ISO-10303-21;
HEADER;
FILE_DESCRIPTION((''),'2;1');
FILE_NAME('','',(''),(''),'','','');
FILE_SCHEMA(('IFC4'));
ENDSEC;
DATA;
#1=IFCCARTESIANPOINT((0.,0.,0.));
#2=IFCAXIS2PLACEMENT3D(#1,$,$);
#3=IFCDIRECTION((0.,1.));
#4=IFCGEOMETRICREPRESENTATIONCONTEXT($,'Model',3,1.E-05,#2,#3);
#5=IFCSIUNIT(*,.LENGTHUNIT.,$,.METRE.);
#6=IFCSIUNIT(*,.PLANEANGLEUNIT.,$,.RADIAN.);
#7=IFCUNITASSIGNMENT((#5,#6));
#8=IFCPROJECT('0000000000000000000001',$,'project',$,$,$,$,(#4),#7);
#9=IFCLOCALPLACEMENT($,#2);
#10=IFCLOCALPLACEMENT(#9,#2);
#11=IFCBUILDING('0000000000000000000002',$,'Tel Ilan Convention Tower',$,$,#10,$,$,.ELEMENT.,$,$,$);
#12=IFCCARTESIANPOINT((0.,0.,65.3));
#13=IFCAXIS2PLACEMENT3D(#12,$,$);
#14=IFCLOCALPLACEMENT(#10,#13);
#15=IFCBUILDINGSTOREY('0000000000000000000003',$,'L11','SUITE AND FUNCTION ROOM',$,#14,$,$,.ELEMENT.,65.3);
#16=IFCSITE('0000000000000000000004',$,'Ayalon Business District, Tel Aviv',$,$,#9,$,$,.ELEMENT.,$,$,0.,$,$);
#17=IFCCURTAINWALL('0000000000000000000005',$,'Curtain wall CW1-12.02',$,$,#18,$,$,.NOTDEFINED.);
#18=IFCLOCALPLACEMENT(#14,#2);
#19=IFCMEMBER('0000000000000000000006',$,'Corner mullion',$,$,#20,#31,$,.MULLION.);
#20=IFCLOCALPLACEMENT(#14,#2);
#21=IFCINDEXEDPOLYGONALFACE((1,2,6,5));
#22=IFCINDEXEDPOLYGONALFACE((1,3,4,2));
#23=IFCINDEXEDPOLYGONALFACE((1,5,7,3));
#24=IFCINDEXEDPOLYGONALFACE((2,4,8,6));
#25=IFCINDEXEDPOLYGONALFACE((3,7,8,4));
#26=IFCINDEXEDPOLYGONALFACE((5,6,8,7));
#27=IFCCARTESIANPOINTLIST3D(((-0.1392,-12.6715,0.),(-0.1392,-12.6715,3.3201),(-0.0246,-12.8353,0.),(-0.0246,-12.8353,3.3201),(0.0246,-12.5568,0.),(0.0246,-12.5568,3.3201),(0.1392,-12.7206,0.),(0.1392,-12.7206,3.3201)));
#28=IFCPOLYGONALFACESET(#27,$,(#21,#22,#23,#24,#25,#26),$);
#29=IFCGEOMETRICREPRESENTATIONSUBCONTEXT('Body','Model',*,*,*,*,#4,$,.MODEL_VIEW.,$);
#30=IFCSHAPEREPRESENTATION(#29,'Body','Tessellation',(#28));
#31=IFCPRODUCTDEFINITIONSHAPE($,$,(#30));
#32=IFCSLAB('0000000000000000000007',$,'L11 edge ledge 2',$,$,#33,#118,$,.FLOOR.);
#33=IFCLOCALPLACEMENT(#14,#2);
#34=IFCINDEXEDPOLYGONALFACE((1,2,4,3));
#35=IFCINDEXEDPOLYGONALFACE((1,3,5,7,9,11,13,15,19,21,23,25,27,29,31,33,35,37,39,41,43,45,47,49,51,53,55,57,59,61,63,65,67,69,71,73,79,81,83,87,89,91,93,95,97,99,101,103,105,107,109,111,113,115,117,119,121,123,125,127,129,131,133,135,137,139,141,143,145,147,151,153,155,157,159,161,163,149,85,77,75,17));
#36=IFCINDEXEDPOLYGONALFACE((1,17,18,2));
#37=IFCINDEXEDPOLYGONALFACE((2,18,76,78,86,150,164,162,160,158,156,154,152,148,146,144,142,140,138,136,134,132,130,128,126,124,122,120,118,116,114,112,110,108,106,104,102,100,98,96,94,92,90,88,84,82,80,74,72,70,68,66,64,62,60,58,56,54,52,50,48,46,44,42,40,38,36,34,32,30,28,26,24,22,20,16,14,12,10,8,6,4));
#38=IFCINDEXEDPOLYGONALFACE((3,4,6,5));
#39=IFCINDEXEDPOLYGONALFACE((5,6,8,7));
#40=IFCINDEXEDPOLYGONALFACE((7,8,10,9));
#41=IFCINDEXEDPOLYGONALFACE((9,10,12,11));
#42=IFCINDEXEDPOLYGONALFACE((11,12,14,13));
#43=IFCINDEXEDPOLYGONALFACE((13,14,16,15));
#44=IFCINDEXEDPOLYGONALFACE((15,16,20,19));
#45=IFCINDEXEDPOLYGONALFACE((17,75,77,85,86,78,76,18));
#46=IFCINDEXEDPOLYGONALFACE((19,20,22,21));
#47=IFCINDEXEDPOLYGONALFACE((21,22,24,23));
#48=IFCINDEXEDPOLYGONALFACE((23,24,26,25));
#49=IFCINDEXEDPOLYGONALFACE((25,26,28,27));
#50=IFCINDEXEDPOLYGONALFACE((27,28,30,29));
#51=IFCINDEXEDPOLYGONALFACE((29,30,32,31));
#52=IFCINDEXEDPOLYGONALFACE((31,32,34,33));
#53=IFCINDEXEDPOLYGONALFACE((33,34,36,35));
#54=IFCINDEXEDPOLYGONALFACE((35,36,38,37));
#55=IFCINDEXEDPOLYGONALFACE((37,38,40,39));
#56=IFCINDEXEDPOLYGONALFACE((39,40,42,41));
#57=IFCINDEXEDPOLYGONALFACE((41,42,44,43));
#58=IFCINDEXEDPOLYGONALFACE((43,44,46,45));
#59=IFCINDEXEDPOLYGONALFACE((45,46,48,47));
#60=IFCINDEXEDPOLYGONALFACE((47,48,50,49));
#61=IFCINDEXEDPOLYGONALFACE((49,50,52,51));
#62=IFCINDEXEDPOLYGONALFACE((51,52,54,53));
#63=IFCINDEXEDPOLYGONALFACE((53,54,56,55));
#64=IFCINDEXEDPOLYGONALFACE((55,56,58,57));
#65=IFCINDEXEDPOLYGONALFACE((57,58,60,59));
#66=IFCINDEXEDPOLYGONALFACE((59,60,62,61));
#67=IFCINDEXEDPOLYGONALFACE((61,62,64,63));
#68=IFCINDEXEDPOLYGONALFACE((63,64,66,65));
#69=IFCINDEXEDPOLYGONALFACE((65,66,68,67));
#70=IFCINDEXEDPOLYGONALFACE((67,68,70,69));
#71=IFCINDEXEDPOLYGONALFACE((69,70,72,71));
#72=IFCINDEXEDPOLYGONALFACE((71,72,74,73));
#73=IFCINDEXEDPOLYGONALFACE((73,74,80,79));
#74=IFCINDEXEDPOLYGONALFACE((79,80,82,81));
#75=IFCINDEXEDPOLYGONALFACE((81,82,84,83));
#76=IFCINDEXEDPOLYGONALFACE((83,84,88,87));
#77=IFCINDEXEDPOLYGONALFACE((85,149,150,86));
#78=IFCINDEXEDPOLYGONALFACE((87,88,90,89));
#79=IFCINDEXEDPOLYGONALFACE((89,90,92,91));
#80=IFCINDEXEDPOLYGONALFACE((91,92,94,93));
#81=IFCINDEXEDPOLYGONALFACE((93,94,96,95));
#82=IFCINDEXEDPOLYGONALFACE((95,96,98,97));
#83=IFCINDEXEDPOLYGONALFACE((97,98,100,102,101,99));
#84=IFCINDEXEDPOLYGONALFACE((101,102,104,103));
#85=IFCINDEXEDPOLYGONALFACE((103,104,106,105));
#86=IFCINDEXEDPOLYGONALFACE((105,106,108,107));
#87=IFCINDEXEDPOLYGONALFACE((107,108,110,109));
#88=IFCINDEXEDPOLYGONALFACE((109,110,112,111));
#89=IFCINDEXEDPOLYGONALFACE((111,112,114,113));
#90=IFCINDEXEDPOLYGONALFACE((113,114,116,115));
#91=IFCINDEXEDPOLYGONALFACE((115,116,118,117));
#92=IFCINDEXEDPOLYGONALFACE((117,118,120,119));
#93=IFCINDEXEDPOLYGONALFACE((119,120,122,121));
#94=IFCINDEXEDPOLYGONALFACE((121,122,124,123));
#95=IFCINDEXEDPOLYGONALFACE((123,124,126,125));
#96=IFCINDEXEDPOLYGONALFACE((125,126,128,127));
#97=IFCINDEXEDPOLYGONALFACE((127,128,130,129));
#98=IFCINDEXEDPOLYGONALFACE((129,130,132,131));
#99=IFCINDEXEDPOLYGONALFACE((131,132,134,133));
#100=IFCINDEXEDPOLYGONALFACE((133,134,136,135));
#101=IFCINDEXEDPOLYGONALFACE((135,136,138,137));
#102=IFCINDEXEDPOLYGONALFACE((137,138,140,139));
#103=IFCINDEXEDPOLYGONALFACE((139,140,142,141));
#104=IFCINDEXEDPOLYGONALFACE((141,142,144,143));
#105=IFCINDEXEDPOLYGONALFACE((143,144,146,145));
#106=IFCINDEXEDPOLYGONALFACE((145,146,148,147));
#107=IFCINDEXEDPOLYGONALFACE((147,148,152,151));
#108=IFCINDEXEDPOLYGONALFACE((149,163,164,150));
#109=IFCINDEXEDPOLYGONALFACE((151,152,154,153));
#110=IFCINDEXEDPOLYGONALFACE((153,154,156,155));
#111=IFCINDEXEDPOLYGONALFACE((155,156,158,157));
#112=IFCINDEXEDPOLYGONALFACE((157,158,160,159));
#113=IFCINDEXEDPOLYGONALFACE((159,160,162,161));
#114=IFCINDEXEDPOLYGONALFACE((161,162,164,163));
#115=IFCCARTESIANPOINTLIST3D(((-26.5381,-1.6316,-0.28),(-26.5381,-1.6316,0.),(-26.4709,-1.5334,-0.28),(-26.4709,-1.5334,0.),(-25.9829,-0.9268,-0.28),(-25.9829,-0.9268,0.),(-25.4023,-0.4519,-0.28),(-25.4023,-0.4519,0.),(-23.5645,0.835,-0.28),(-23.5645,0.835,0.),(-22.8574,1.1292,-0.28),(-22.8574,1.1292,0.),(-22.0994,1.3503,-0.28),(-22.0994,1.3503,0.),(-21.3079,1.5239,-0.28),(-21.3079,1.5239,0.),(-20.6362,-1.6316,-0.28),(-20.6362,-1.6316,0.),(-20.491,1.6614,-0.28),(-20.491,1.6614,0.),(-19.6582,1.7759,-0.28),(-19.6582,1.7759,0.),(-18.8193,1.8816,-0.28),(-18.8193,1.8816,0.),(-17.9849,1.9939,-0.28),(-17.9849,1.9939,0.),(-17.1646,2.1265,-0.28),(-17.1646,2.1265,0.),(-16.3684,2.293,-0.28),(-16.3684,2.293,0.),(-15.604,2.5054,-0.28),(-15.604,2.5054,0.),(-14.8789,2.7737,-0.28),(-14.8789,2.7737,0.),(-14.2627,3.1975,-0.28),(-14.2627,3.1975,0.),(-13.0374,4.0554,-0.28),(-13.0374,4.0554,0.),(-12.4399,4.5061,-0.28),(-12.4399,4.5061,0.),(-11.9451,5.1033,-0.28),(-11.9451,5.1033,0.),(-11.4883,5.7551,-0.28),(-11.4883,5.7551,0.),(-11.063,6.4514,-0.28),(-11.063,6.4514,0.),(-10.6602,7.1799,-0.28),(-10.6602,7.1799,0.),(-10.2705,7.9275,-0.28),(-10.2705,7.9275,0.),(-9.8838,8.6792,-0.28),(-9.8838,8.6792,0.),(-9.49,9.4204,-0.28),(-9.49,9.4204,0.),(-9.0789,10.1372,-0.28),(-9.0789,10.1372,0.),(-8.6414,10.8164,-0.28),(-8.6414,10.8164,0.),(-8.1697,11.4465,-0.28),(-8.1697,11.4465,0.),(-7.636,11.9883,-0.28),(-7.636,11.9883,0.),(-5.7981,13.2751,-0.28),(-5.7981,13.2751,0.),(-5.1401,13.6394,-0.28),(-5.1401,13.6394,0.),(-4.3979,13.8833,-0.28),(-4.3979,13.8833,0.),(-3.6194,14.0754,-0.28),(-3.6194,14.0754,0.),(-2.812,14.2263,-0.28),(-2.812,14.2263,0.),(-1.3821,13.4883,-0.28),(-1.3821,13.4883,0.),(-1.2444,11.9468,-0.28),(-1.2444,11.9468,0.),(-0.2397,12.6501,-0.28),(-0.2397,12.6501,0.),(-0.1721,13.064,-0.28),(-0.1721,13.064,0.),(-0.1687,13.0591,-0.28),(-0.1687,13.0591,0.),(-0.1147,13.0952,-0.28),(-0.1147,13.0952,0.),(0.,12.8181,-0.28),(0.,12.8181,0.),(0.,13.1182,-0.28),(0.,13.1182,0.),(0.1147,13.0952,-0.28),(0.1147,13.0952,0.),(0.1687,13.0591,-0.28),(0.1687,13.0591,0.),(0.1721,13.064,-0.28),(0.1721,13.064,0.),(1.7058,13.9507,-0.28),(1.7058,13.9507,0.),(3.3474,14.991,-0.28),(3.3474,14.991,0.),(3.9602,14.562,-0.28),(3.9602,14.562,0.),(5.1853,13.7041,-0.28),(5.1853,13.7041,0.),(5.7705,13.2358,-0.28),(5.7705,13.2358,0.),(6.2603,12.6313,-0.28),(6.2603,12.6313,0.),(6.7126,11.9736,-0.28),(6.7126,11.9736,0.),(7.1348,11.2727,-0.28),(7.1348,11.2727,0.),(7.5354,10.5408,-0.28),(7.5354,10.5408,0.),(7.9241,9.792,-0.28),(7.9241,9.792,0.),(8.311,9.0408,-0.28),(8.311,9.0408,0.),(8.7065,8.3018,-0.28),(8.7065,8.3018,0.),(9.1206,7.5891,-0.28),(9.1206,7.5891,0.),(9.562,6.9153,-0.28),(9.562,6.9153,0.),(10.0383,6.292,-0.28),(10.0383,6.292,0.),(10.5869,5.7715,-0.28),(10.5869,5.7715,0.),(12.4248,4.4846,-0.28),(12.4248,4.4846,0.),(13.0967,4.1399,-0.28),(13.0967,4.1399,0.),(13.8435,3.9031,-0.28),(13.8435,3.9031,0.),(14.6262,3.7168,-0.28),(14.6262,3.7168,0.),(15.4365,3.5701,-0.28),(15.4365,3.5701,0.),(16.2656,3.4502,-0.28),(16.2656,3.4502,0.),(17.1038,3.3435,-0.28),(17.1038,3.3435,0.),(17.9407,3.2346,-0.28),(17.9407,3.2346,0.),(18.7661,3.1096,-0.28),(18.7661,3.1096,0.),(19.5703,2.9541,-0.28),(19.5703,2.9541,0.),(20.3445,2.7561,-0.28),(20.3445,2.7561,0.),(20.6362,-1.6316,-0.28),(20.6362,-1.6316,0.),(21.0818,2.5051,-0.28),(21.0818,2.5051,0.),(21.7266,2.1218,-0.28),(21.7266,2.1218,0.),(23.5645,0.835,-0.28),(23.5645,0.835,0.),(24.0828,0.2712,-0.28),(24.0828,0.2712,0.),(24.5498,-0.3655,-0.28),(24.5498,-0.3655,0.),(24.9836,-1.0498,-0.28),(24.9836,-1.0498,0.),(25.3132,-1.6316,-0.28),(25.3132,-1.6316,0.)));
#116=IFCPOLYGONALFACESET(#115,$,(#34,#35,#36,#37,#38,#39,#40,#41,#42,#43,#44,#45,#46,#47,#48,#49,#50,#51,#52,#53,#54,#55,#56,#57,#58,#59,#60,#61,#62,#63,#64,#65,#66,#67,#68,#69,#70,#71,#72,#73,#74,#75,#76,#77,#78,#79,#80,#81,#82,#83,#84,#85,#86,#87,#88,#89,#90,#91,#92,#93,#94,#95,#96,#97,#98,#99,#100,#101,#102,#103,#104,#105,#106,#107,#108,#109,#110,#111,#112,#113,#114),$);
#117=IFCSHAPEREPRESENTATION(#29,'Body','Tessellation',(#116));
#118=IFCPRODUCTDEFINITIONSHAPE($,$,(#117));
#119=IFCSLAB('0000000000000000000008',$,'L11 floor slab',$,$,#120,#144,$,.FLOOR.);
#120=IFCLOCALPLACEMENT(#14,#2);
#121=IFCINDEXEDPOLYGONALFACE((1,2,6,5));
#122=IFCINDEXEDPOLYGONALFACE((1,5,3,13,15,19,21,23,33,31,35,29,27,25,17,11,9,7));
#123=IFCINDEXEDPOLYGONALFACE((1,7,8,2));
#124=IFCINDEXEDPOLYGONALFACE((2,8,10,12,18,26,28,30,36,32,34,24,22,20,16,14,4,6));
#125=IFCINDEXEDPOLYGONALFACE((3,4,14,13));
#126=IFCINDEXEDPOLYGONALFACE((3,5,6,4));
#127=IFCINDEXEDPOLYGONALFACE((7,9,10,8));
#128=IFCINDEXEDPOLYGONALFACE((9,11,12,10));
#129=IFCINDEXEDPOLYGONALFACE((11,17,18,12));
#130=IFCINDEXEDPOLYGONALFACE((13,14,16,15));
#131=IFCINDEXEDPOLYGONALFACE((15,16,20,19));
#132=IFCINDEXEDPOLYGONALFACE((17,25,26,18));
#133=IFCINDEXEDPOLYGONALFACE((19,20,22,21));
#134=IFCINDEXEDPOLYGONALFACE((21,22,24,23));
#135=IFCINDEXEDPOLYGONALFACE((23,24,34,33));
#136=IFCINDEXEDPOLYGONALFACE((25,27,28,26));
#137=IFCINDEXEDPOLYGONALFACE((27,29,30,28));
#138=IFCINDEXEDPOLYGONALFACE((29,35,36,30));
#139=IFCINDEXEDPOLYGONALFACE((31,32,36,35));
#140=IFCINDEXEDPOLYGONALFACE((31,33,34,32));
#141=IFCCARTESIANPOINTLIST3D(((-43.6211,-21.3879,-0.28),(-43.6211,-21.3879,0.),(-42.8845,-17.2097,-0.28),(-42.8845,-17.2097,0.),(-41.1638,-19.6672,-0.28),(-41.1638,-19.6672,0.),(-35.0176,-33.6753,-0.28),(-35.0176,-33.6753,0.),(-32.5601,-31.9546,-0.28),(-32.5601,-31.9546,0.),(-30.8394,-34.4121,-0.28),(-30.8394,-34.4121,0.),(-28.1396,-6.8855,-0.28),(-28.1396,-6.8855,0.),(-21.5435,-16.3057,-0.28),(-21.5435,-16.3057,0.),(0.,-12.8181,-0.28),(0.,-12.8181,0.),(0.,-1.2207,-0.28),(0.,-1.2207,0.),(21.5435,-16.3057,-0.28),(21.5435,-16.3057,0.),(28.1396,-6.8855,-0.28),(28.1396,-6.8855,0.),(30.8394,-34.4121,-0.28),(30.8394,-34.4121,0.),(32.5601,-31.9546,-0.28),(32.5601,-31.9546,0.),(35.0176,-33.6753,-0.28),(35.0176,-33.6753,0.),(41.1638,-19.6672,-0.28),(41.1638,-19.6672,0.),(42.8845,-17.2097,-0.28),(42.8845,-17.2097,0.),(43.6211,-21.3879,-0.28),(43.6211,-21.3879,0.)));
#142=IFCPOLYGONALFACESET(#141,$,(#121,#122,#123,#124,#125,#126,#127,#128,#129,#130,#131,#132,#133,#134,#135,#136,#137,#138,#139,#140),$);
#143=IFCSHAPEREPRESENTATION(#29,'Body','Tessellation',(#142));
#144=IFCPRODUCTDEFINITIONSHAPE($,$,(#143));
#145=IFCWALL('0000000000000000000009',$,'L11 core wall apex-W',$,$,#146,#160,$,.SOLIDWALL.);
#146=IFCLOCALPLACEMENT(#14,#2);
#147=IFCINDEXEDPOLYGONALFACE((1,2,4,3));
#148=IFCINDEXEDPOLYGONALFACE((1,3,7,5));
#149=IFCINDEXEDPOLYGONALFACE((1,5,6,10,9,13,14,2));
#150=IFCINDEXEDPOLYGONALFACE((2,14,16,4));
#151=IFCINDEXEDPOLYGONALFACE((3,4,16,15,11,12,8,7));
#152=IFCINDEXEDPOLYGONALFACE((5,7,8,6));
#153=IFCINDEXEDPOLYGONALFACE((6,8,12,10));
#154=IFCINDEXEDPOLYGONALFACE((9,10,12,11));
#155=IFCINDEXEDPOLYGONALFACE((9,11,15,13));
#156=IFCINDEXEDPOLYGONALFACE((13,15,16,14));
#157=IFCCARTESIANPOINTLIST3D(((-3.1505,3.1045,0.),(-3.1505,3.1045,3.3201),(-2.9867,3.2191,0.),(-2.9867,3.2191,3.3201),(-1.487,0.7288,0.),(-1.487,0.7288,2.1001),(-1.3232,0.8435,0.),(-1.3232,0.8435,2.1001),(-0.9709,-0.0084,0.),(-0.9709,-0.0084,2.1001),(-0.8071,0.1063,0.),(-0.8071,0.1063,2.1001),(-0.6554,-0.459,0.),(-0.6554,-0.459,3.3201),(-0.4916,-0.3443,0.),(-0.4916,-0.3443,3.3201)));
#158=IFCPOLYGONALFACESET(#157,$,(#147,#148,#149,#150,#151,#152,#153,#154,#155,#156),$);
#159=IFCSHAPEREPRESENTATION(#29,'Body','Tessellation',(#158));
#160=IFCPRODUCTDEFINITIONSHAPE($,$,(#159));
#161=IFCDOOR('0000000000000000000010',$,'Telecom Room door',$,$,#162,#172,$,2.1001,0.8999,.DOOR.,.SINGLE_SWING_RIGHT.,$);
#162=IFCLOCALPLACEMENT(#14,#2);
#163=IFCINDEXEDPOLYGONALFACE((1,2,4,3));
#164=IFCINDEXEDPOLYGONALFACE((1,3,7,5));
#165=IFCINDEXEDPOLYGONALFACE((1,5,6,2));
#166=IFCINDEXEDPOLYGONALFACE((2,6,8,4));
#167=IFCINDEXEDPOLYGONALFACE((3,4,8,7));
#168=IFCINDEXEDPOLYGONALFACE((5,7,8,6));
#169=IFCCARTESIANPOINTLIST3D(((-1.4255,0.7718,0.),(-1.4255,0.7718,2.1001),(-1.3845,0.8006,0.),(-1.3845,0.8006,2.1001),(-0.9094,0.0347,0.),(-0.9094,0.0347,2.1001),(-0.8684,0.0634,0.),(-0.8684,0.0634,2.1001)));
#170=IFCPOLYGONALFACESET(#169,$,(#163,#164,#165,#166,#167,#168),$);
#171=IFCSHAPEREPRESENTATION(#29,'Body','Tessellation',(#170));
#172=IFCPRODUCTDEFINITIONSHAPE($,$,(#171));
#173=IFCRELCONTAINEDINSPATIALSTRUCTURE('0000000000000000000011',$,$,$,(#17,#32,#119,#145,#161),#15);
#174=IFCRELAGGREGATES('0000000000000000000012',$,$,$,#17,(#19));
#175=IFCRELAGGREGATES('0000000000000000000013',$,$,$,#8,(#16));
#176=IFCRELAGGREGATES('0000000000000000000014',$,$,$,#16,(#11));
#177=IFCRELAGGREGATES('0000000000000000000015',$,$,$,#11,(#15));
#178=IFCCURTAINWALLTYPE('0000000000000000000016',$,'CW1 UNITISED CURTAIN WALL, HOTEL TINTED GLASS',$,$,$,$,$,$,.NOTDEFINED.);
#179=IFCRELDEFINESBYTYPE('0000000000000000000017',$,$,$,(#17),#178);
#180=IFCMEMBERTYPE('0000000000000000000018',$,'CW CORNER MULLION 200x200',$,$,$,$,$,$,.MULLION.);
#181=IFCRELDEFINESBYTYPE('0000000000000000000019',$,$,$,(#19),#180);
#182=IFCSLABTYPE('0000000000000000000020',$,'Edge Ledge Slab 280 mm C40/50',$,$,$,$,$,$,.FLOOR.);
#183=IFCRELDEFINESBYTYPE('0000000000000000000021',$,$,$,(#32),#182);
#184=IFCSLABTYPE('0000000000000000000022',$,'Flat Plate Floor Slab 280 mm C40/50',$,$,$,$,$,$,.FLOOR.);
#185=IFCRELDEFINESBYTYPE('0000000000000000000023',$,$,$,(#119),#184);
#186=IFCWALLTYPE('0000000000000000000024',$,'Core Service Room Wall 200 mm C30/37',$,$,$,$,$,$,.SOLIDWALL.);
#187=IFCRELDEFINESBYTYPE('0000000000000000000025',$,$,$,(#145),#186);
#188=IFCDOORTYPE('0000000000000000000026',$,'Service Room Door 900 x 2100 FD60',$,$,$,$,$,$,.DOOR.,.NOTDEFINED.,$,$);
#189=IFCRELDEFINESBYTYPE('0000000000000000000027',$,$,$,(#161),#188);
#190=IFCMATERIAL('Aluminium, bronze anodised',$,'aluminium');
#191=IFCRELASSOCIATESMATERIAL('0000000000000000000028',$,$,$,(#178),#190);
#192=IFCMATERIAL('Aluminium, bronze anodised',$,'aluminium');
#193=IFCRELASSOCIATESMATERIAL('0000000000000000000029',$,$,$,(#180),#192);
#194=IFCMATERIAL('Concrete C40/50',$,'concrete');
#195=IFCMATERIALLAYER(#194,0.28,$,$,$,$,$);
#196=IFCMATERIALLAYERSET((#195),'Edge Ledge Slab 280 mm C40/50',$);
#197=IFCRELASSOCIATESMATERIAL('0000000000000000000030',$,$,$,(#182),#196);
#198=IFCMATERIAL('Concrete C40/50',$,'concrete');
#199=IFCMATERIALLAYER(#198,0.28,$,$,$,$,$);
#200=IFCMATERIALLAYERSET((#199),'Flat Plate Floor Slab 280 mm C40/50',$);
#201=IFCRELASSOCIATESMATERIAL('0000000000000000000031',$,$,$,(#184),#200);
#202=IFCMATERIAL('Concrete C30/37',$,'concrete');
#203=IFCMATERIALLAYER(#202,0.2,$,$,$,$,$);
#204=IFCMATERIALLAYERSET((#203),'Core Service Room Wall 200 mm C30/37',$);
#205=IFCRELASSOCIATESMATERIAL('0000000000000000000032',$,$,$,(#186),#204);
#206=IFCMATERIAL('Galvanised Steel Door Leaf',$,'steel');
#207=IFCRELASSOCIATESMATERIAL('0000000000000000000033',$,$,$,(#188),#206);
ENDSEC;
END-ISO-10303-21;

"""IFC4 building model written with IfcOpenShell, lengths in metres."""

from ifc_helpers import new_model, si_unit, direction, frame, frame_2d, origin, origin_2d, place, context, subcontext, project, spatial, polyline, rectangle, outline, extrude, material, layer, layer_set, material_profile, profile_set, type_object, element, fill, aggregate, save


model = new_model("IFC4")

# Units and contexts
model_context = context("Model", 3, precision=1e-05, world=origin(), true_north=direction((0.0, 1.0)))
body_context = subcontext(model_context, "Body", "Model", "MODEL_VIEW")
ifc_project = project(units=[si_unit("LENGTHUNIT", "METRE"), si_unit("PLANEANGLEUNIT", "RADIAN")], contexts=[model_context])

# Site, building, storey
site_placement = place(None, origin())
site = spatial("IfcSite", under=ifc_project, at=site_placement, Name="Ayalon Business District, Tel Aviv", CompositionType="ELEMENT", RefElevation=0.0)
building_placement = place(site_placement, origin())
building = spatial("IfcBuilding", under=site, at=building_placement, Name="Tel Ilan Convention Tower", CompositionType="ELEMENT")
storey_placement = place(building_placement, frame((0.0, 0.0, 65.3)))
storey = spatial("IfcBuildingStorey", under=building, at=storey_placement, Name="L11", Description="SUITE AND FUNCTION ROOM", CompositionType="ELEMENT", Elevation=65.3)

# Curtain wall, member
ifc_material_1 = material(Name="Aluminium, bronze anodised", Category="aluminium")
curtain_wall_type = type_object("IfcCurtainWallType", Name="CW1 UNITISED CURTAIN WALL, HOTEL TINTED GLASS", PredefinedType="NOTDEFINED", material=ifc_material_1)
curtain_wall_placement = place(storey_placement, origin())
curtain_wall = element("IfcCurtainWall", 1, at=curtain_wall_placement, inside=storey, type_object=curtain_wall_type, Name="Curtain wall CW1-12.02", PredefinedType="NOTDEFINED")
ifc_material_2 = material(Name="Aluminium, bronze anodised", Category="aluminium")
ifc_material_profile = material_profile(ifc_material_2, rectangle(XDim=0.2, YDim=0.2, at=origin_2d()), Name="CW CORNER MULLION 200x200")
ifc_profile_set = profile_set([ifc_material_profile], Name="Aluminium, bronze anodised")
member_type = type_object("IfcMemberType", Name="CW CORNER MULLION 200x200", PredefinedType="MULLION", material=ifc_profile_set)
member_placement = place(storey_placement, frame((0.0, -12.696, 0.0), z_axis=(0.0, 0.0, 1.0), x_axis=(0.819152, 0.573576, 0.0)))
member = element("IfcMember", 2, at=member_placement, type_object=member_type, Name="Corner mullion", PredefinedType="MULLION", context=body_context, shape_type="SweptSolid", body=[
    extrude(rectangle(XDim=0.2, YDim=0.2, at=origin_2d()), origin(), (0.0, 0.0, 1.0), 3.3201),
])
aggregate(curtain_wall, [member])

# Slabs
ifc_material_3 = material(Name="Concrete C40/50", Category="concrete")
ifc_layer_1 = layer(ifc_material_3, 0.28)
ifc_layer_set_1 = layer_set([ifc_layer_1], Name="Edge Ledge Slab 280 mm C40/50")
slab_type_1 = type_object("IfcSlabType", Name="Edge Ledge Slab 280 mm C40/50", PredefinedType="FLOOR", material=ifc_layer_set_1)
slab_1_placement = place(storey_placement, frame((0.0, 0.0, -0.28)))
element("IfcSlab", 3, at=slab_1_placement, inside=storey, type_object=slab_type_1, Name="L11 edge ledge 2", PredefinedType="FLOOR", context=body_context, shape_type="SweptSolid", body=[
    extrude(outline(polyline([(-23.5645, 0.835), (-22.8574, 1.1292), (-22.0994, 1.3503), (-21.3079, 1.5239), (-20.491, 1.6614), (-19.6582, 1.7759), (-18.8193, 1.8816), (-17.9849, 1.9939), (-17.1646, 2.1265), (-16.3684, 2.293), (-15.604, 2.5054), (-14.8789, 2.7737), (-14.2627, 3.1975), (-13.0374, 4.0554), (-12.4399, 4.5061), (-11.9451, 5.1033), (-11.4883, 5.7551), (-11.063, 6.4514), (-10.6602, 7.1799), (-10.2705, 7.9275), (-9.8838, 8.6792), (-9.49, 9.4204), (-9.0789, 10.1372), (-8.6414, 10.8164), (-8.1697, 11.4465), (-7.636, 11.9883), (-5.7981, 13.2751), (-5.1401, 13.6394), (-4.3979, 13.8833), (-3.6194, 14.0754), (-2.812, 14.2263), (-1.3821, 13.4883), (-0.1721, 13.064), (-0.1687, 13.0591), (-0.1147, 13.0952), (0.0, 13.1182), (0.1147, 13.0952), (0.1687, 13.0591), (0.1721, 13.064), (1.7058, 13.9507), (3.3474, 14.991), (3.9602, 14.562), (5.1853, 13.7041), (5.7705, 13.2358), (6.2603, 12.6313), (6.7126, 11.9736), (7.1348, 11.2727), (7.5354, 10.5408), (7.9241, 9.792), (8.311, 9.0408), (8.7065, 8.3018), (9.1206, 7.5891), (9.562, 6.9153), (10.0383, 6.292), (10.5869, 5.7715), (12.4248, 4.4846), (13.0967, 4.1399), (13.8435, 3.9031), (14.6262, 3.7168), (15.4365, 3.5701), (16.2656, 3.4502), (17.1038, 3.3435), (17.9407, 3.2346), (18.7661, 3.1096), (19.5703, 2.9541), (20.3445, 2.7561), (21.0818, 2.5051), (21.7266, 2.1218), (23.5645, 0.835), (24.0828, 0.2712), (24.5498, -0.3655), (24.9836, -1.0498), (25.3132, -1.6316), (20.6362, -1.6316), (0.0, 12.8181), (-0.2397, 12.6501), (-1.2444, 11.9468), (-20.6362, -1.6316), (-26.5381, -1.6316), (-26.4709, -1.5334), (-25.9829, -0.9268), (-25.4023, -0.4519), (-23.5645, 0.835)])), origin(), (0.0, 0.0, 1.0), 0.28),
])
ifc_material_4 = material(Name="Concrete C40/50", Category="concrete")
ifc_layer_2 = layer(ifc_material_4, 0.28)
ifc_layer_set_2 = layer_set([ifc_layer_2], Name="Flat Plate Floor Slab 280 mm C40/50")
slab_type_2 = type_object("IfcSlabType", Name="Flat Plate Floor Slab 280 mm C40/50", PredefinedType="FLOOR", material=ifc_layer_set_2)
slab_2_placement = place(storey_placement, frame((0.0, 0.0, -0.28)))
element("IfcSlab", 4, at=slab_2_placement, inside=storey, type_object=slab_type_2, Name="L11 floor slab", PredefinedType="FLOOR", context=body_context, shape_type="SweptSolid", body=[
    extrude(outline(polyline([(-21.5435, -16.3057), (0.0, -1.2207), (21.5435, -16.3057), (28.1396, -6.8855), (42.8845, -17.2097), (41.1638, -19.6672), (43.6211, -21.3879), (35.0176, -33.6753), (32.5601, -31.9546), (30.8394, -34.4121), (0.0, -12.8181), (-30.8394, -34.4121), (-32.5601, -31.9546), (-35.0176, -33.6753), (-43.6211, -21.3879), (-41.1638, -19.6672), (-42.8845, -17.2097), (-28.1396, -6.8855), (-21.5435, -16.3057)])), origin(), (0.0, 0.0, 1.0), 0.28),
])

# Wall, opening, door
ifc_material_5 = material(Name="Concrete C30/37", Category="concrete")
ifc_layer_3 = layer(ifc_material_5, 0.2)
ifc_layer_set_3 = layer_set([ifc_layer_3], Name="Core Service Room Wall 200 mm C30/37")
wall_type_1 = type_object("IfcWallType", Name="Core Service Room Wall 200 mm C30/37", PredefinedType="SOLIDWALL", material=ifc_layer_set_3)
wall_1_placement = place(storey_placement, frame((-0.5735, -0.4016, 0.0), z_axis=(0.0, 0.0, 1.0), x_axis=(-0.573568, 0.819158, 0.0)))
wall_1 = element("IfcWall", 5, at=wall_1_placement, inside=storey, type_object=wall_type_1, Name="L11 core wall apex-W", PredefinedType="SOLIDWALL", context=body_context, shape_type="SweptSolid", body=[
    extrude(rectangle(XDim=4.3501, YDim=0.2, at=frame_2d((2.175, 0.0))), origin(), (0.0, 0.0, 1.0), 3.3201),
])
opening_1_placement = place(wall_1_placement, frame((0.55, 0.0, 0.0)))
opening_1 = element("IfcOpeningElement", 6, at=opening_1_placement, cuts=wall_1, PredefinedType="OPENING", context=body_context, shape_type="SweptSolid", body=[
    extrude(rectangle(XDim=0.8999, YDim=2.1001, at=frame_2d((0.45, 1.05))), frame((0.0, 0.1099, 0.0), z_axis=(0.0, -1.0, 0.0), x_axis=(1.0, 0.0, 0.0)), (0.0, 0.0, 1.0), 0.22),
])
ifc_material_6 = material(Name="Galvanised Steel Door Leaf", Category="steel")
door_type_1 = type_object("IfcDoorType", Name="Service Room Door 900 x 2100 FD60", OperationType="NOTDEFINED", PredefinedType="DOOR", material=ifc_material_6)
door_1_placement = place(opening_1_placement, origin())
door_1 = element("IfcDoor", 7, at=door_1_placement, inside=storey, type_object=door_type_1, Name="Telecom Room door", OperationType="SINGLE_SWING_RIGHT", OverallHeight=2.1001, OverallWidth=0.8999, PredefinedType="DOOR", context=body_context, shape_type="SweptSolid", body=[
    extrude(rectangle(XDim=0.8999, YDim=2.1001, at=frame_2d((0.45, 1.05))), frame((0.0, 0.0249, 0.0), z_axis=(0.0, -1.0, 0.0), x_axis=(1.0, 0.0, 0.0)), (0.0, 0.0, 1.0), 0.05),
])
fill(opening_1, door_1)

save(model, "model.ifc")
